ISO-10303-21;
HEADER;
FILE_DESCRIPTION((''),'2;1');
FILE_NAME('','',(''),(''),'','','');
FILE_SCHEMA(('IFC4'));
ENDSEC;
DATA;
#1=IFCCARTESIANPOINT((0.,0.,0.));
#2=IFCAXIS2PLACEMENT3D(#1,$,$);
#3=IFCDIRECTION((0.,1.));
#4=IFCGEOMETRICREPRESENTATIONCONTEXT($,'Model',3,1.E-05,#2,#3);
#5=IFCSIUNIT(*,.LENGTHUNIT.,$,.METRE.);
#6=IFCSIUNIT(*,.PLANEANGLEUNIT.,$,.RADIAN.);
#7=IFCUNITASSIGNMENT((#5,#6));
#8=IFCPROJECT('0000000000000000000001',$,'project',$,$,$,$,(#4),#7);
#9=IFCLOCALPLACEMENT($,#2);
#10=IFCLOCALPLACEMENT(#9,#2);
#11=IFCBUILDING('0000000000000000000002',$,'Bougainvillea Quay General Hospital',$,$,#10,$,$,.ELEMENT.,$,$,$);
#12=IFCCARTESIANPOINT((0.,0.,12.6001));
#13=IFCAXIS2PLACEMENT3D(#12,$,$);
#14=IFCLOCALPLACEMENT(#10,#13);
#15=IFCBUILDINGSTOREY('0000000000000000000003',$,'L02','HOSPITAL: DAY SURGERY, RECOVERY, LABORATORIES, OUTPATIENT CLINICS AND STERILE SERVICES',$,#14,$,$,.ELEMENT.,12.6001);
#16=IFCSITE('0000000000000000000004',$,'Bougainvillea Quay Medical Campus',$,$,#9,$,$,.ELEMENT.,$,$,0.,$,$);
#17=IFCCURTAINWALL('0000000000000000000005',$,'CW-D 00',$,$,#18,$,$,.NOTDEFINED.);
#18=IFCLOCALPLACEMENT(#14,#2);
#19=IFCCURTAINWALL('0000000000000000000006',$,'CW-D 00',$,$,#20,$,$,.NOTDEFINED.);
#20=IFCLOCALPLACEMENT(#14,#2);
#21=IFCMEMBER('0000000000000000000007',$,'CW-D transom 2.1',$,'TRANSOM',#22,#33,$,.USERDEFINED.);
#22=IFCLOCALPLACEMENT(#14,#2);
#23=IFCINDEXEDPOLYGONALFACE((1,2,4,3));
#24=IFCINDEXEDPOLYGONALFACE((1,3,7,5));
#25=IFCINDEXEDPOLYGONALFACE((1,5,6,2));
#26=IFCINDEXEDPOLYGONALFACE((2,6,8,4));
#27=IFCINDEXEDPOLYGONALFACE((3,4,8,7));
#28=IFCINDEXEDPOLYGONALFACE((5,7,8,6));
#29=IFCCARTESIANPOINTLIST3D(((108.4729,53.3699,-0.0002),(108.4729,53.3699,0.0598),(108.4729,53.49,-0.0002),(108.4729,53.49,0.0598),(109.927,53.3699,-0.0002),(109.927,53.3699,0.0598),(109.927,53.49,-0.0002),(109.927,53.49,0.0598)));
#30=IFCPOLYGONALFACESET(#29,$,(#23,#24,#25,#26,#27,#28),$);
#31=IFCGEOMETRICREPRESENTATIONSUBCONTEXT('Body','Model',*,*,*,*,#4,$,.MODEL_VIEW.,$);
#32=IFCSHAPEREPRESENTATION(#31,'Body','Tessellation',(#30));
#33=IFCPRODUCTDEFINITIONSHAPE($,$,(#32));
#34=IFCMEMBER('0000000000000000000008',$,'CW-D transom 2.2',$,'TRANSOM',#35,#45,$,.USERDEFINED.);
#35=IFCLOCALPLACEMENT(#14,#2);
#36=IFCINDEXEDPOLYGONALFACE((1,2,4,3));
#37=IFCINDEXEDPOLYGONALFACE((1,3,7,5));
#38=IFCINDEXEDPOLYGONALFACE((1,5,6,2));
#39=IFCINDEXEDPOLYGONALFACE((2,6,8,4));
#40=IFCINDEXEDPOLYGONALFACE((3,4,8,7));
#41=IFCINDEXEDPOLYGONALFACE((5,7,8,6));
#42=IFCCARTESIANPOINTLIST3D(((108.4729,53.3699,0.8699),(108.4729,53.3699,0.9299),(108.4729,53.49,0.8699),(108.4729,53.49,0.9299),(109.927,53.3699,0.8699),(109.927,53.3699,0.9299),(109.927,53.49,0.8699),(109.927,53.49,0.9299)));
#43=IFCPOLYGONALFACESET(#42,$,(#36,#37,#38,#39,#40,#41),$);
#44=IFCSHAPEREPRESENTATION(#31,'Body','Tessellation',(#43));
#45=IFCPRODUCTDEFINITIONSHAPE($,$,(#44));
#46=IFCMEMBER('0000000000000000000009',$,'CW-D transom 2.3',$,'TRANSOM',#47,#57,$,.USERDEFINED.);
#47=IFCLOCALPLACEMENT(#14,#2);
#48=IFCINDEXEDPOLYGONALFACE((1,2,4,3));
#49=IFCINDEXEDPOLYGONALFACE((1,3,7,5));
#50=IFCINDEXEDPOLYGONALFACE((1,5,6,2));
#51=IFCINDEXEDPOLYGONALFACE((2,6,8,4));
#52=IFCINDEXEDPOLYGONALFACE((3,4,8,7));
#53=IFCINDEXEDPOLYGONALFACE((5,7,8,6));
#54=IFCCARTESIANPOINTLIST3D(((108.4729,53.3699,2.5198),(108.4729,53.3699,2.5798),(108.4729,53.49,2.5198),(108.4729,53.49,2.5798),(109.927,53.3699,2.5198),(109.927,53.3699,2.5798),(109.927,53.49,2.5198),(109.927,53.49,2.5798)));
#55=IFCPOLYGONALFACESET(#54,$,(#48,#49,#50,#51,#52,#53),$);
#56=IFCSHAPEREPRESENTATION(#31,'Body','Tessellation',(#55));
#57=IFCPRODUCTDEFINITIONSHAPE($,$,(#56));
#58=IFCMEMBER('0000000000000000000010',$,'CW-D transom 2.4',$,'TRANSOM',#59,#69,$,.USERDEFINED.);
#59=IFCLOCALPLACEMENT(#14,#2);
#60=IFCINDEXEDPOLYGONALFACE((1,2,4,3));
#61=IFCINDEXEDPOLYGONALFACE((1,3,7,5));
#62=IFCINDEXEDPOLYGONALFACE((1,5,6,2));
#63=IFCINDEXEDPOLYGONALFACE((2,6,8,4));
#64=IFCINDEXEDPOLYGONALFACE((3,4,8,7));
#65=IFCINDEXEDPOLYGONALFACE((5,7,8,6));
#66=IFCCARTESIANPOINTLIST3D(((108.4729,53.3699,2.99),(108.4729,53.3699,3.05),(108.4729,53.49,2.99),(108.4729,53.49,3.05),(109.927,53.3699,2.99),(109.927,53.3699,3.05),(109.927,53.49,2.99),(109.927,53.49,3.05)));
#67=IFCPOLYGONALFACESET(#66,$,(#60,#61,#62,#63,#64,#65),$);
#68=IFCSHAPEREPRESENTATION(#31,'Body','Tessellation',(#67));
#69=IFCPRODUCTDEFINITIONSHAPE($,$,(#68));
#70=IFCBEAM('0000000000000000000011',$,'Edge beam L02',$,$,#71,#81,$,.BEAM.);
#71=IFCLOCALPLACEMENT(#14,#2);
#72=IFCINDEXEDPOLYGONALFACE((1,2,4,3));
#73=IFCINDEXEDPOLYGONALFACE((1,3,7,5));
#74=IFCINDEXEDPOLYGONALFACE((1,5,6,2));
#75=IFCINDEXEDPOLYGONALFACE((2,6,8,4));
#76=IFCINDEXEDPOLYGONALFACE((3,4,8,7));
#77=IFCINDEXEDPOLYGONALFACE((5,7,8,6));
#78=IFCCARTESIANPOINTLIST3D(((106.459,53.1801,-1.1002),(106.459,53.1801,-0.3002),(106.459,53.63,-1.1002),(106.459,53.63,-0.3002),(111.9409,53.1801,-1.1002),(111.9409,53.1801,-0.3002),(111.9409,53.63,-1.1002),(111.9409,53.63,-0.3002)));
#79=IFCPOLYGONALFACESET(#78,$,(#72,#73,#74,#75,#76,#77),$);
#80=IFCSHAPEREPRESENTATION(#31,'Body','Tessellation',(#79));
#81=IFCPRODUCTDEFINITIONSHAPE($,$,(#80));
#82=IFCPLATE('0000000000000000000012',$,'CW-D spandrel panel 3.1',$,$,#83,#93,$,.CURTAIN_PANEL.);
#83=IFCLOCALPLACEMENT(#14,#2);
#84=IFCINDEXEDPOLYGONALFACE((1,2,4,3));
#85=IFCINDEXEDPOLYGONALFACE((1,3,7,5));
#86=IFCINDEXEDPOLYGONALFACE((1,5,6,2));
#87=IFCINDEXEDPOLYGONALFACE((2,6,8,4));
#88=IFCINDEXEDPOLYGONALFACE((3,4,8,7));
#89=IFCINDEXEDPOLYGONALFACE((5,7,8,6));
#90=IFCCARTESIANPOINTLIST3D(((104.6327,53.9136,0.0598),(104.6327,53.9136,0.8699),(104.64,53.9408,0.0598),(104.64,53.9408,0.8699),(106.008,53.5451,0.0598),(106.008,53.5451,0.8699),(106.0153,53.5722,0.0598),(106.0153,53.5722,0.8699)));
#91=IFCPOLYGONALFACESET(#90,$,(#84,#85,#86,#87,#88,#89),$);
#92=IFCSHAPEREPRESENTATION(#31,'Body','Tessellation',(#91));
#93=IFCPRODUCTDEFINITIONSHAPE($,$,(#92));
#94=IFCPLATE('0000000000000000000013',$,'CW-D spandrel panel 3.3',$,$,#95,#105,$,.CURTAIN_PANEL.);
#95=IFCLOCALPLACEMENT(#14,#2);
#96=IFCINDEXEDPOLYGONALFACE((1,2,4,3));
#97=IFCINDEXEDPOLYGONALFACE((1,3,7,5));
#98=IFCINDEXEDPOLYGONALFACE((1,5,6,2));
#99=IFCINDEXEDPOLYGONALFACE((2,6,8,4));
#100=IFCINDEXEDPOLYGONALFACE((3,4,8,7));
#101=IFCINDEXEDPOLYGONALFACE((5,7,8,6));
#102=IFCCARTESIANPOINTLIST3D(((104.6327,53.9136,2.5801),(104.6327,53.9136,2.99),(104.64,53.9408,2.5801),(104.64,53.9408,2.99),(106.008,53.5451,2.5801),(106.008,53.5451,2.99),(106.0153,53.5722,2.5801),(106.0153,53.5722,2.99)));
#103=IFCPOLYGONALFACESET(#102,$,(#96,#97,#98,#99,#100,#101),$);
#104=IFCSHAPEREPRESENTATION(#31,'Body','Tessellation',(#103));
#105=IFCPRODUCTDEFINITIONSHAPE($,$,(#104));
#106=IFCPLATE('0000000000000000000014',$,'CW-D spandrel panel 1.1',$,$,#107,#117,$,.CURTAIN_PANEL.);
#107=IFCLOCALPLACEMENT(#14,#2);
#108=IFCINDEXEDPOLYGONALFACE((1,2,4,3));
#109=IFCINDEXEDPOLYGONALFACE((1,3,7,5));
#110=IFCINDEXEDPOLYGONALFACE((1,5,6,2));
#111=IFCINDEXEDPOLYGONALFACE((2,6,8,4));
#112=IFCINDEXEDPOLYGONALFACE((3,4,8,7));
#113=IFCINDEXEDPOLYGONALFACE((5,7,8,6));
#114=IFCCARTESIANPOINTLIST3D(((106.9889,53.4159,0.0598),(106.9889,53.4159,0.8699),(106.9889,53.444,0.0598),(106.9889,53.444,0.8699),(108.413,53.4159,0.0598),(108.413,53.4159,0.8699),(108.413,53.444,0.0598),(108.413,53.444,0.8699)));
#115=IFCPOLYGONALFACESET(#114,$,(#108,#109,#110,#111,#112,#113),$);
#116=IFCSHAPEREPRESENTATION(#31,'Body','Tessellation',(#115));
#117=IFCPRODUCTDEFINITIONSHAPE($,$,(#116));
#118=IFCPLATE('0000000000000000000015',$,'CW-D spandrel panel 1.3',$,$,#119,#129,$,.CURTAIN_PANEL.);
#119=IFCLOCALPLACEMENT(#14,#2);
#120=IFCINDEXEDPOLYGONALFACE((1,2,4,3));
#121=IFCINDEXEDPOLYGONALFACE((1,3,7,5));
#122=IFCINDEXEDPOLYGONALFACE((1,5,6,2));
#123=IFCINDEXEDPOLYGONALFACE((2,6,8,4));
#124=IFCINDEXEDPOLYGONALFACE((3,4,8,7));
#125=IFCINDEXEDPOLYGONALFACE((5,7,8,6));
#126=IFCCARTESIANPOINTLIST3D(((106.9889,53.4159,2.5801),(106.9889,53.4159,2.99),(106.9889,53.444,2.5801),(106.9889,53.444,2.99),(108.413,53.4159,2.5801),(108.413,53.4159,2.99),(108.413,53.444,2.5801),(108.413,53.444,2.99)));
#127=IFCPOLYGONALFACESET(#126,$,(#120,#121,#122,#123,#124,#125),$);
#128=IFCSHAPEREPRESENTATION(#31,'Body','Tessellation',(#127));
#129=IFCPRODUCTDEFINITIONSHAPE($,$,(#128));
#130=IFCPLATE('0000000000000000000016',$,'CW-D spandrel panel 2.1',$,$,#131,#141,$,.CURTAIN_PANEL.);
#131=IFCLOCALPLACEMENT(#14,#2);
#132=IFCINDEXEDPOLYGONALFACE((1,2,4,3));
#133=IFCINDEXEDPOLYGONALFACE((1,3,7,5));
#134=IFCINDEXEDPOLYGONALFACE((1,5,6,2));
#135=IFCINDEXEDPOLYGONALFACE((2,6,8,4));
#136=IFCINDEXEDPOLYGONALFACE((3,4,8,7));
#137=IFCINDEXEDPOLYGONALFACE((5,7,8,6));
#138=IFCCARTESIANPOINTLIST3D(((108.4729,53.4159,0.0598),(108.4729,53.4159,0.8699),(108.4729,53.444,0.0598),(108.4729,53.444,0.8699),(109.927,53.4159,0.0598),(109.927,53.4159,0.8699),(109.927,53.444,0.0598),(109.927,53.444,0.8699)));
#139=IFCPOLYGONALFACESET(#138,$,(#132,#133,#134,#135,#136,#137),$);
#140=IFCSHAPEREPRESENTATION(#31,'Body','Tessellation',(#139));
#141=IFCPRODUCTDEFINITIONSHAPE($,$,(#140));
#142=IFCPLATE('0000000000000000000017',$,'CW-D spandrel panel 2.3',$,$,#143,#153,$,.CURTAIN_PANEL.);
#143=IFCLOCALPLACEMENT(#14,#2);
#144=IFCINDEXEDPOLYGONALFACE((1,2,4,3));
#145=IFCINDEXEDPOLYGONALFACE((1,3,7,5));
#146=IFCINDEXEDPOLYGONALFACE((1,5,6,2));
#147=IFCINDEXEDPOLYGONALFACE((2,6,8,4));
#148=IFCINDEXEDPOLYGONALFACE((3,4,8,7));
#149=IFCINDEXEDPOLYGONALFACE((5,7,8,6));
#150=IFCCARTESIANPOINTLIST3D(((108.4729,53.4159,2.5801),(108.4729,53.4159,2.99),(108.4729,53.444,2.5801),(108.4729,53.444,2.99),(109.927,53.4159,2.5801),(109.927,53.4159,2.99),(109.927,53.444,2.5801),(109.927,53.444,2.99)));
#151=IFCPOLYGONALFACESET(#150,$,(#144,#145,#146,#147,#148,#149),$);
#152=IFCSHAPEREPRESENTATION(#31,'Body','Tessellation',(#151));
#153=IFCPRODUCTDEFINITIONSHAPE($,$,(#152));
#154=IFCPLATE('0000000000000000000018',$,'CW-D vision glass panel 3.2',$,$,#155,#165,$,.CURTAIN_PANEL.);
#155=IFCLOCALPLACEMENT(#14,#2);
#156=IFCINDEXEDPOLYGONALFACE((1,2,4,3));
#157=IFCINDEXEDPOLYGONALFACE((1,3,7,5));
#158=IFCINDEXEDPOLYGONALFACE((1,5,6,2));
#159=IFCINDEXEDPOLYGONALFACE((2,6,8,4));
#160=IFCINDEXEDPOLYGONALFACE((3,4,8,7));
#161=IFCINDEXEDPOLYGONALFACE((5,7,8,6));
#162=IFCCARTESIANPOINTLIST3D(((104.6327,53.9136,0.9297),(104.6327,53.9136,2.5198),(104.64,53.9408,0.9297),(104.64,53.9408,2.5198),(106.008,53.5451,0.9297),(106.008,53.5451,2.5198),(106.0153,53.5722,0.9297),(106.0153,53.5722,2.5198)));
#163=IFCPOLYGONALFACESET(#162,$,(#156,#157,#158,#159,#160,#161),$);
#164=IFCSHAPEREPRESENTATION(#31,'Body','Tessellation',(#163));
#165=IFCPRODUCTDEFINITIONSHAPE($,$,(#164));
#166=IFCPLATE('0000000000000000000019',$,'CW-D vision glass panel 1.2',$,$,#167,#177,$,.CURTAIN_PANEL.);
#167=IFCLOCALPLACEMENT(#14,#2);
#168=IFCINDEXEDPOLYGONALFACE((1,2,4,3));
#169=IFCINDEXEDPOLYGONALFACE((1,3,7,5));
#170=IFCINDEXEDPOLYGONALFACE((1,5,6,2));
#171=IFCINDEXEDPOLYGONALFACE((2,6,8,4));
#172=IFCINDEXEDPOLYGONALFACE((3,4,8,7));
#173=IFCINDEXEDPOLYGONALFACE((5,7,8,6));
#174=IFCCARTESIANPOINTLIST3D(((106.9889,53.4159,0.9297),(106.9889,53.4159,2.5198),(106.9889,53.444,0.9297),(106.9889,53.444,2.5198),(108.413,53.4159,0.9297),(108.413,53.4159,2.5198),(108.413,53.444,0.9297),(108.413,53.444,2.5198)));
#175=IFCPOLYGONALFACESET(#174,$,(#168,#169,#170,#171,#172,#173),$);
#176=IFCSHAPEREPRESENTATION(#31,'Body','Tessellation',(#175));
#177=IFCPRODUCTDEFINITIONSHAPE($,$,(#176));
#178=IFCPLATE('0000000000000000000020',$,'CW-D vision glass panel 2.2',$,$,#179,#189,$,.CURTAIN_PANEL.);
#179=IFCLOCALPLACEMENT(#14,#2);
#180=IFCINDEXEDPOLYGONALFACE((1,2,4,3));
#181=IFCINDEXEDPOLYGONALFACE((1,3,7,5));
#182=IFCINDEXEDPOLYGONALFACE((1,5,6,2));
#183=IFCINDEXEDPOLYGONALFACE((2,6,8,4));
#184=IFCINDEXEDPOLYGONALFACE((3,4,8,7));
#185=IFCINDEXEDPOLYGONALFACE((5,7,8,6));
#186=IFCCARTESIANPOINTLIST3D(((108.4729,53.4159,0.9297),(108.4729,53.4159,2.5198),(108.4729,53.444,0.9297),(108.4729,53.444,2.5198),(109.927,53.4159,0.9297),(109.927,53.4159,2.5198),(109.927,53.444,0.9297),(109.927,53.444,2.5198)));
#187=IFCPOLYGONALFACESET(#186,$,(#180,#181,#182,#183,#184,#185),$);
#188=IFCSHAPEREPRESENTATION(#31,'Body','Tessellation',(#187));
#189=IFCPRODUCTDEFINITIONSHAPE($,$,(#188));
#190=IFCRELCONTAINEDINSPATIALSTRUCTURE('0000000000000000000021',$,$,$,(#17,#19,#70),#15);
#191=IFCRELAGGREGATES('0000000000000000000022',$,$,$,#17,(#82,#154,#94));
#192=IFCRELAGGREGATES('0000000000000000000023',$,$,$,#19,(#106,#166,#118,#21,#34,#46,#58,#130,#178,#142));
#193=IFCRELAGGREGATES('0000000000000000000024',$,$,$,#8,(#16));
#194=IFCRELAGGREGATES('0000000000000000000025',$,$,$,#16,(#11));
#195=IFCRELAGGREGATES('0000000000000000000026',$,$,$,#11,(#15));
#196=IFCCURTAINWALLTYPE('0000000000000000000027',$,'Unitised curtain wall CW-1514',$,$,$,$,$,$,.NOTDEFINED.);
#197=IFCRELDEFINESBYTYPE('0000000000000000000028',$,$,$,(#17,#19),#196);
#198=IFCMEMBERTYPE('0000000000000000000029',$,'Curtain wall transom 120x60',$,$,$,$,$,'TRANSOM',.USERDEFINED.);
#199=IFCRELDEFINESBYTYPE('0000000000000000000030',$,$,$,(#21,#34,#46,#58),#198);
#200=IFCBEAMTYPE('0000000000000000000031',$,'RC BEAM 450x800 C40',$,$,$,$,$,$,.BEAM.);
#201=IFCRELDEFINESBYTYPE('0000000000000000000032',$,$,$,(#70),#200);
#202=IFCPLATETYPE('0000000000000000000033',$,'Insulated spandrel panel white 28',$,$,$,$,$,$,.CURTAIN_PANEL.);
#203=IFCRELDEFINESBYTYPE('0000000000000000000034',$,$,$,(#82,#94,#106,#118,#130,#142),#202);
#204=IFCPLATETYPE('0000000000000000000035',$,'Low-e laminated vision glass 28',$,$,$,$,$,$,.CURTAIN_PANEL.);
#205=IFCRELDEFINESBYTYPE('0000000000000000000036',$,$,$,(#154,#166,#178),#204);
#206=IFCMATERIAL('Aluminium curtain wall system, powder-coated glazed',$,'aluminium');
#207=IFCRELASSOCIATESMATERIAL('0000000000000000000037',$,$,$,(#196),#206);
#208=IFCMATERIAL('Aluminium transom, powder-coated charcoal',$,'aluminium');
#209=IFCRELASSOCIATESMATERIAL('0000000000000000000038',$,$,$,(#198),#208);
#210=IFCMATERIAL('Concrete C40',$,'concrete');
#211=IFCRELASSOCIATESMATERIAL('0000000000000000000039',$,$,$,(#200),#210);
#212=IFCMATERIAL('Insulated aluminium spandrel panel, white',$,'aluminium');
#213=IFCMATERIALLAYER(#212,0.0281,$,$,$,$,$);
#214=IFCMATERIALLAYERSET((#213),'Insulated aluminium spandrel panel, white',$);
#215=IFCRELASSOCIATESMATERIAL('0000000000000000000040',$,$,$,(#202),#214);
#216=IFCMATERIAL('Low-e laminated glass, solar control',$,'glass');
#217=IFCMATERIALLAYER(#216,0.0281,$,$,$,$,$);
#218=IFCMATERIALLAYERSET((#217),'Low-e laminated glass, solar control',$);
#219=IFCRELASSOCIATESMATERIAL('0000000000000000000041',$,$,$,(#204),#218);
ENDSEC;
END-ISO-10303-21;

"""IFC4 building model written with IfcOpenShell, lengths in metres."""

from ifc_helpers import new_model, si_unit, direction, frame, origin, origin_2d, place, context, subcontext, project, spatial, rectangle, extrude, material, layer, layer_set, material_profile, profile_set, type_object, element, aggregate, save


model = new_model("IFC4")

# Units and contexts
model_context = context("Model", 3, precision=1e-05, world=origin(), true_north=direction((0.0, 1.0)))
body_context = subcontext(model_context, "Body", "Model", "MODEL_VIEW")
ifc_project = project(units=[si_unit("LENGTHUNIT", "METRE"), si_unit("PLANEANGLEUNIT", "RADIAN")], contexts=[model_context])

# Site, building, storey
site_placement = place(None, origin())
site = spatial("IfcSite", under=ifc_project, at=site_placement, Name="Bougainvillea Quay Medical Campus", CompositionType="ELEMENT", RefElevation=0.0)
building_placement = place(site_placement, origin())
building = spatial("IfcBuilding", under=site, at=building_placement, Name="Bougainvillea Quay General Hospital", CompositionType="ELEMENT")
storey_placement = place(building_placement, frame((0.0, 0.0, 12.6001)))
storey = spatial("IfcBuildingStorey", under=building, at=storey_placement, Name="L02", Description="HOSPITAL: DAY SURGERY, RECOVERY, LABORATORIES, OUTPATIENT CLINICS AND STERILE SERVICES", CompositionType="ELEMENT", Elevation=12.6001)

# Shared definitions
ifc_material_1 = material(Name="Concrete C40", Category="concrete")

# Curtain wall
ifc_material_2 = material(Name="Aluminium curtain wall system, powder-coated glazed", Category="aluminium")
curtain_wall_type = type_object("IfcCurtainWallType", Name="Unitised curtain wall CW-1514", PredefinedType="NOTDEFINED", material=ifc_material_2)
curtain_wall_1_placement = place(storey_placement, origin())
curtain_wall_1 = element("IfcCurtainWall", 1, at=curtain_wall_1_placement, inside=storey, type_object=curtain_wall_type, Name="CW-D 00", PredefinedType="NOTDEFINED")

# Curtain wall
curtain_wall_2_placement = place(storey_placement, origin())
curtain_wall_2 = element("IfcCurtainWall", 2, at=curtain_wall_2_placement, inside=storey, type_object=curtain_wall_type, Name="CW-D 00", PredefinedType="NOTDEFINED")

# Members
ifc_material_3 = material(Name="Aluminium transom, powder-coated charcoal", Category="aluminium")
ifc_material_profile_1 = material_profile(ifc_material_3, rectangle(XDim=0.1201, YDim=0.0601, at=origin_2d()))
ifc_profile_set_1 = profile_set([ifc_material_profile_1], Name="Aluminium transom, powder-coated charcoal")
member_type_1 = type_object("IfcMemberType", Name="Curtain wall transom 120x60", ElementType="TRANSOM", PredefinedType="USERDEFINED", material=ifc_profile_set_1)
member_1_placement = place(storey_placement, frame((108.4729, 53.4299, 0.0298), z_axis=(1.0, 0.0, 0.0), x_axis=(0.0, 1.0, 0.0)))
member_1 = element("IfcMember", 3, at=member_1_placement, type_object=member_type_1, Name="CW-D transom 2.1", ObjectType="TRANSOM", PredefinedType="USERDEFINED", context=body_context, shape_type="SweptSolid", body=[
    extrude(rectangle(XDim=0.1201, YDim=0.0601, at=origin_2d()), origin(), (0.0, 0.0, 1.0), 1.4541),
])
member_2_placement = place(storey_placement, frame((108.4729, 53.4299, 0.8999), z_axis=(1.0, 0.0, 0.0), x_axis=(0.0, 1.0, 0.0)))
member_2 = element("IfcMember", 4, at=member_2_placement, type_object=member_type_1, Name="CW-D transom 2.2", ObjectType="TRANSOM", PredefinedType="USERDEFINED", context=body_context, shape_type="SweptSolid", body=[
    extrude(rectangle(XDim=0.1201, YDim=0.0601, at=origin_2d()), origin(), (0.0, 0.0, 1.0), 1.4541),
])
member_3_placement = place(storey_placement, frame((108.4729, 53.4299, 2.5498), z_axis=(1.0, 0.0, 0.0), x_axis=(0.0, 1.0, 0.0)))
member_3 = element("IfcMember", 5, at=member_3_placement, type_object=member_type_1, Name="CW-D transom 2.3", ObjectType="TRANSOM", PredefinedType="USERDEFINED", context=body_context, shape_type="SweptSolid", body=[
    extrude(rectangle(XDim=0.1201, YDim=0.0601, at=origin_2d()), origin(), (0.0, 0.0, 1.0), 1.4541),
])
member_4_placement = place(storey_placement, frame((108.4729, 53.4299, 3.02), z_axis=(1.0, 0.0, 0.0), x_axis=(0.0, 1.0, 0.0)))
member_4 = element("IfcMember", 6, at=member_4_placement, type_object=member_type_1, Name="CW-D transom 2.4", ObjectType="TRANSOM", PredefinedType="USERDEFINED", context=body_context, shape_type="SweptSolid", body=[
    extrude(rectangle(XDim=0.1201, YDim=0.0601, at=origin_2d()), origin(), (0.0, 0.0, 1.0), 1.4541),
])

# Beam
ifc_material_profile_2 = material_profile(ifc_material_1, rectangle(XDim=0.45, YDim=0.8, at=origin_2d()))
ifc_profile_set_2 = profile_set([ifc_material_profile_2], Name="Concrete C40")
beam_type = type_object("IfcBeamType", Name="RC BEAM 450x800 C40", PredefinedType="BEAM", material=ifc_profile_set_2)
beam_placement = place(storey_placement, frame((106.459, 53.405, -0.7002), z_axis=(1.0, 0.0, 0.0), x_axis=(0.0, 1.0, 0.0)))
element("IfcBeam", 7, at=beam_placement, inside=storey, type_object=beam_type, Name="Edge beam L02", PredefinedType="BEAM", context=body_context, shape_type="SweptSolid", body=[
    extrude(rectangle(XDim=0.45, YDim=0.8, at=origin_2d()), origin(), (0.0, 0.0, 1.0), 5.4819),
])

# Plates
ifc_material_4 = material(Name="Insulated aluminium spandrel panel, white", Category="aluminium")
ifc_layer_1 = layer(ifc_material_4, 0.0281)
ifc_layer_set_1 = layer_set([ifc_layer_1], Name="Insulated aluminium spandrel panel, white")
plate_type_1 = type_object("IfcPlateType", Name="Insulated spandrel panel white 28", PredefinedType="CURTAIN_PANEL", material=ifc_layer_set_1)
plate_1_placement = place(storey_placement, frame((105.324, 53.7429, 0.0598), z_axis=(0.0, 0.0, 1.0), x_axis=(0.965916, -0.258855, 0.0)))
plate_1 = element("IfcPlate", 8, at=plate_1_placement, type_object=plate_type_1, Name="CW-D spandrel panel 3.1", PredefinedType="CURTAIN_PANEL", context=body_context, shape_type="SweptSolid", body=[
    extrude(rectangle(XDim=1.4238, YDim=0.0281, at=origin_2d()), origin(), (0.0, 0.0, 1.0), 0.8101),
])
plate_2_placement = place(storey_placement, frame((105.324, 53.7429, 2.5801), z_axis=(0.0, 0.0, 1.0), x_axis=(0.965916, -0.258855, 0.0)))
plate_2 = element("IfcPlate", 9, at=plate_2_placement, type_object=plate_type_1, Name="CW-D spandrel panel 3.3", PredefinedType="CURTAIN_PANEL", context=body_context, shape_type="SweptSolid", body=[
    extrude(rectangle(XDim=1.4238, YDim=0.0281, at=origin_2d()), origin(), (0.0, 0.0, 1.0), 0.4099),
])
plate_3_placement = place(storey_placement, frame((107.7009, 53.4299, 0.0598), z_axis=(0.0, 0.0, 1.0), x_axis=(1.0, 0.0, 0.0)))
plate_3 = element("IfcPlate", 10, at=plate_3_placement, type_object=plate_type_1, Name="CW-D spandrel panel 1.1", PredefinedType="CURTAIN_PANEL", context=body_context, shape_type="SweptSolid", body=[
    extrude(rectangle(XDim=1.4241, YDim=0.0281, at=origin_2d()), origin(), (0.0, 0.0, 1.0), 0.8101),
])
plate_4_placement = place(storey_placement, frame((107.7009, 53.4299, 2.5801), z_axis=(0.0, 0.0, 1.0), x_axis=(1.0, 0.0, 0.0)))
plate_4 = element("IfcPlate", 11, at=plate_4_placement, type_object=plate_type_1, Name="CW-D spandrel panel 1.3", PredefinedType="CURTAIN_PANEL", context=body_context, shape_type="SweptSolid", body=[
    extrude(rectangle(XDim=1.4241, YDim=0.0281, at=origin_2d()), origin(), (0.0, 0.0, 1.0), 0.4099),
])
plate_5_placement = place(storey_placement, frame((109.2, 53.4299, 0.0598), z_axis=(0.0, 0.0, 1.0), x_axis=(1.0, 0.0, 0.0)))
plate_5 = element("IfcPlate", 12, at=plate_5_placement, type_object=plate_type_1, Name="CW-D spandrel panel 2.1", PredefinedType="CURTAIN_PANEL", context=body_context, shape_type="SweptSolid", body=[
    extrude(rectangle(XDim=1.4541, YDim=0.0281, at=origin_2d()), origin(), (0.0, 0.0, 1.0), 0.8101),
])
plate_6_placement = place(storey_placement, frame((109.2, 53.4299, 2.5801), z_axis=(0.0, 0.0, 1.0), x_axis=(1.0, 0.0, 0.0)))
plate_6 = element("IfcPlate", 13, at=plate_6_placement, type_object=plate_type_1, Name="CW-D spandrel panel 2.3", PredefinedType="CURTAIN_PANEL", context=body_context, shape_type="SweptSolid", body=[
    extrude(rectangle(XDim=1.4541, YDim=0.0281, at=origin_2d()), origin(), (0.0, 0.0, 1.0), 0.4099),
])
ifc_material_5 = material(Name="Low-e laminated glass, solar control", Category="glass")
ifc_layer_2 = layer(ifc_material_5, 0.0281)
ifc_layer_set_2 = layer_set([ifc_layer_2], Name="Low-e laminated glass, solar control")
plate_type_2 = type_object("IfcPlateType", Name="Low-e laminated vision glass 28", PredefinedType="CURTAIN_PANEL", material=ifc_layer_set_2)
plate_7_placement = place(storey_placement, frame((105.324, 53.7429, 0.9297), z_axis=(0.0, 0.0, 1.0), x_axis=(0.965916, -0.258855, 0.0)))
plate_7 = element("IfcPlate", 14, at=plate_7_placement, type_object=plate_type_2, Name="CW-D vision glass panel 3.2", PredefinedType="CURTAIN_PANEL", context=body_context, shape_type="SweptSolid", body=[
    extrude(rectangle(XDim=1.4238, YDim=0.0281, at=origin_2d()), origin(), (0.0, 0.0, 1.0), 1.5901),
])
aggregate(curtain_wall_1, [plate_1, plate_7, plate_2])
plate_8_placement = place(storey_placement, frame((107.7009, 53.4299, 0.9297), z_axis=(0.0, 0.0, 1.0), x_axis=(1.0, 0.0, 0.0)))
plate_8 = element("IfcPlate", 15, at=plate_8_placement, type_object=plate_type_2, Name="CW-D vision glass panel 1.2", PredefinedType="CURTAIN_PANEL", context=body_context, shape_type="SweptSolid", body=[
    extrude(rectangle(XDim=1.4241, YDim=0.0281, at=origin_2d()), origin(), (0.0, 0.0, 1.0), 1.5901),
])
plate_9_placement = place(storey_placement, frame((109.2, 53.4299, 0.9297), z_axis=(0.0, 0.0, 1.0), x_axis=(1.0, 0.0, 0.0)))
plate_9 = element("IfcPlate", 16, at=plate_9_placement, type_object=plate_type_2, Name="CW-D vision glass panel 2.2", PredefinedType="CURTAIN_PANEL", context=body_context, shape_type="SweptSolid", body=[
    extrude(rectangle(XDim=1.4541, YDim=0.0281, at=origin_2d()), origin(), (0.0, 0.0, 1.0), 1.5901),
])
aggregate(curtain_wall_2, [plate_3, plate_8, plate_4, member_1, member_2, member_3, member_4, plate_5, plate_9, plate_6])

save(model, "model.ifc")
